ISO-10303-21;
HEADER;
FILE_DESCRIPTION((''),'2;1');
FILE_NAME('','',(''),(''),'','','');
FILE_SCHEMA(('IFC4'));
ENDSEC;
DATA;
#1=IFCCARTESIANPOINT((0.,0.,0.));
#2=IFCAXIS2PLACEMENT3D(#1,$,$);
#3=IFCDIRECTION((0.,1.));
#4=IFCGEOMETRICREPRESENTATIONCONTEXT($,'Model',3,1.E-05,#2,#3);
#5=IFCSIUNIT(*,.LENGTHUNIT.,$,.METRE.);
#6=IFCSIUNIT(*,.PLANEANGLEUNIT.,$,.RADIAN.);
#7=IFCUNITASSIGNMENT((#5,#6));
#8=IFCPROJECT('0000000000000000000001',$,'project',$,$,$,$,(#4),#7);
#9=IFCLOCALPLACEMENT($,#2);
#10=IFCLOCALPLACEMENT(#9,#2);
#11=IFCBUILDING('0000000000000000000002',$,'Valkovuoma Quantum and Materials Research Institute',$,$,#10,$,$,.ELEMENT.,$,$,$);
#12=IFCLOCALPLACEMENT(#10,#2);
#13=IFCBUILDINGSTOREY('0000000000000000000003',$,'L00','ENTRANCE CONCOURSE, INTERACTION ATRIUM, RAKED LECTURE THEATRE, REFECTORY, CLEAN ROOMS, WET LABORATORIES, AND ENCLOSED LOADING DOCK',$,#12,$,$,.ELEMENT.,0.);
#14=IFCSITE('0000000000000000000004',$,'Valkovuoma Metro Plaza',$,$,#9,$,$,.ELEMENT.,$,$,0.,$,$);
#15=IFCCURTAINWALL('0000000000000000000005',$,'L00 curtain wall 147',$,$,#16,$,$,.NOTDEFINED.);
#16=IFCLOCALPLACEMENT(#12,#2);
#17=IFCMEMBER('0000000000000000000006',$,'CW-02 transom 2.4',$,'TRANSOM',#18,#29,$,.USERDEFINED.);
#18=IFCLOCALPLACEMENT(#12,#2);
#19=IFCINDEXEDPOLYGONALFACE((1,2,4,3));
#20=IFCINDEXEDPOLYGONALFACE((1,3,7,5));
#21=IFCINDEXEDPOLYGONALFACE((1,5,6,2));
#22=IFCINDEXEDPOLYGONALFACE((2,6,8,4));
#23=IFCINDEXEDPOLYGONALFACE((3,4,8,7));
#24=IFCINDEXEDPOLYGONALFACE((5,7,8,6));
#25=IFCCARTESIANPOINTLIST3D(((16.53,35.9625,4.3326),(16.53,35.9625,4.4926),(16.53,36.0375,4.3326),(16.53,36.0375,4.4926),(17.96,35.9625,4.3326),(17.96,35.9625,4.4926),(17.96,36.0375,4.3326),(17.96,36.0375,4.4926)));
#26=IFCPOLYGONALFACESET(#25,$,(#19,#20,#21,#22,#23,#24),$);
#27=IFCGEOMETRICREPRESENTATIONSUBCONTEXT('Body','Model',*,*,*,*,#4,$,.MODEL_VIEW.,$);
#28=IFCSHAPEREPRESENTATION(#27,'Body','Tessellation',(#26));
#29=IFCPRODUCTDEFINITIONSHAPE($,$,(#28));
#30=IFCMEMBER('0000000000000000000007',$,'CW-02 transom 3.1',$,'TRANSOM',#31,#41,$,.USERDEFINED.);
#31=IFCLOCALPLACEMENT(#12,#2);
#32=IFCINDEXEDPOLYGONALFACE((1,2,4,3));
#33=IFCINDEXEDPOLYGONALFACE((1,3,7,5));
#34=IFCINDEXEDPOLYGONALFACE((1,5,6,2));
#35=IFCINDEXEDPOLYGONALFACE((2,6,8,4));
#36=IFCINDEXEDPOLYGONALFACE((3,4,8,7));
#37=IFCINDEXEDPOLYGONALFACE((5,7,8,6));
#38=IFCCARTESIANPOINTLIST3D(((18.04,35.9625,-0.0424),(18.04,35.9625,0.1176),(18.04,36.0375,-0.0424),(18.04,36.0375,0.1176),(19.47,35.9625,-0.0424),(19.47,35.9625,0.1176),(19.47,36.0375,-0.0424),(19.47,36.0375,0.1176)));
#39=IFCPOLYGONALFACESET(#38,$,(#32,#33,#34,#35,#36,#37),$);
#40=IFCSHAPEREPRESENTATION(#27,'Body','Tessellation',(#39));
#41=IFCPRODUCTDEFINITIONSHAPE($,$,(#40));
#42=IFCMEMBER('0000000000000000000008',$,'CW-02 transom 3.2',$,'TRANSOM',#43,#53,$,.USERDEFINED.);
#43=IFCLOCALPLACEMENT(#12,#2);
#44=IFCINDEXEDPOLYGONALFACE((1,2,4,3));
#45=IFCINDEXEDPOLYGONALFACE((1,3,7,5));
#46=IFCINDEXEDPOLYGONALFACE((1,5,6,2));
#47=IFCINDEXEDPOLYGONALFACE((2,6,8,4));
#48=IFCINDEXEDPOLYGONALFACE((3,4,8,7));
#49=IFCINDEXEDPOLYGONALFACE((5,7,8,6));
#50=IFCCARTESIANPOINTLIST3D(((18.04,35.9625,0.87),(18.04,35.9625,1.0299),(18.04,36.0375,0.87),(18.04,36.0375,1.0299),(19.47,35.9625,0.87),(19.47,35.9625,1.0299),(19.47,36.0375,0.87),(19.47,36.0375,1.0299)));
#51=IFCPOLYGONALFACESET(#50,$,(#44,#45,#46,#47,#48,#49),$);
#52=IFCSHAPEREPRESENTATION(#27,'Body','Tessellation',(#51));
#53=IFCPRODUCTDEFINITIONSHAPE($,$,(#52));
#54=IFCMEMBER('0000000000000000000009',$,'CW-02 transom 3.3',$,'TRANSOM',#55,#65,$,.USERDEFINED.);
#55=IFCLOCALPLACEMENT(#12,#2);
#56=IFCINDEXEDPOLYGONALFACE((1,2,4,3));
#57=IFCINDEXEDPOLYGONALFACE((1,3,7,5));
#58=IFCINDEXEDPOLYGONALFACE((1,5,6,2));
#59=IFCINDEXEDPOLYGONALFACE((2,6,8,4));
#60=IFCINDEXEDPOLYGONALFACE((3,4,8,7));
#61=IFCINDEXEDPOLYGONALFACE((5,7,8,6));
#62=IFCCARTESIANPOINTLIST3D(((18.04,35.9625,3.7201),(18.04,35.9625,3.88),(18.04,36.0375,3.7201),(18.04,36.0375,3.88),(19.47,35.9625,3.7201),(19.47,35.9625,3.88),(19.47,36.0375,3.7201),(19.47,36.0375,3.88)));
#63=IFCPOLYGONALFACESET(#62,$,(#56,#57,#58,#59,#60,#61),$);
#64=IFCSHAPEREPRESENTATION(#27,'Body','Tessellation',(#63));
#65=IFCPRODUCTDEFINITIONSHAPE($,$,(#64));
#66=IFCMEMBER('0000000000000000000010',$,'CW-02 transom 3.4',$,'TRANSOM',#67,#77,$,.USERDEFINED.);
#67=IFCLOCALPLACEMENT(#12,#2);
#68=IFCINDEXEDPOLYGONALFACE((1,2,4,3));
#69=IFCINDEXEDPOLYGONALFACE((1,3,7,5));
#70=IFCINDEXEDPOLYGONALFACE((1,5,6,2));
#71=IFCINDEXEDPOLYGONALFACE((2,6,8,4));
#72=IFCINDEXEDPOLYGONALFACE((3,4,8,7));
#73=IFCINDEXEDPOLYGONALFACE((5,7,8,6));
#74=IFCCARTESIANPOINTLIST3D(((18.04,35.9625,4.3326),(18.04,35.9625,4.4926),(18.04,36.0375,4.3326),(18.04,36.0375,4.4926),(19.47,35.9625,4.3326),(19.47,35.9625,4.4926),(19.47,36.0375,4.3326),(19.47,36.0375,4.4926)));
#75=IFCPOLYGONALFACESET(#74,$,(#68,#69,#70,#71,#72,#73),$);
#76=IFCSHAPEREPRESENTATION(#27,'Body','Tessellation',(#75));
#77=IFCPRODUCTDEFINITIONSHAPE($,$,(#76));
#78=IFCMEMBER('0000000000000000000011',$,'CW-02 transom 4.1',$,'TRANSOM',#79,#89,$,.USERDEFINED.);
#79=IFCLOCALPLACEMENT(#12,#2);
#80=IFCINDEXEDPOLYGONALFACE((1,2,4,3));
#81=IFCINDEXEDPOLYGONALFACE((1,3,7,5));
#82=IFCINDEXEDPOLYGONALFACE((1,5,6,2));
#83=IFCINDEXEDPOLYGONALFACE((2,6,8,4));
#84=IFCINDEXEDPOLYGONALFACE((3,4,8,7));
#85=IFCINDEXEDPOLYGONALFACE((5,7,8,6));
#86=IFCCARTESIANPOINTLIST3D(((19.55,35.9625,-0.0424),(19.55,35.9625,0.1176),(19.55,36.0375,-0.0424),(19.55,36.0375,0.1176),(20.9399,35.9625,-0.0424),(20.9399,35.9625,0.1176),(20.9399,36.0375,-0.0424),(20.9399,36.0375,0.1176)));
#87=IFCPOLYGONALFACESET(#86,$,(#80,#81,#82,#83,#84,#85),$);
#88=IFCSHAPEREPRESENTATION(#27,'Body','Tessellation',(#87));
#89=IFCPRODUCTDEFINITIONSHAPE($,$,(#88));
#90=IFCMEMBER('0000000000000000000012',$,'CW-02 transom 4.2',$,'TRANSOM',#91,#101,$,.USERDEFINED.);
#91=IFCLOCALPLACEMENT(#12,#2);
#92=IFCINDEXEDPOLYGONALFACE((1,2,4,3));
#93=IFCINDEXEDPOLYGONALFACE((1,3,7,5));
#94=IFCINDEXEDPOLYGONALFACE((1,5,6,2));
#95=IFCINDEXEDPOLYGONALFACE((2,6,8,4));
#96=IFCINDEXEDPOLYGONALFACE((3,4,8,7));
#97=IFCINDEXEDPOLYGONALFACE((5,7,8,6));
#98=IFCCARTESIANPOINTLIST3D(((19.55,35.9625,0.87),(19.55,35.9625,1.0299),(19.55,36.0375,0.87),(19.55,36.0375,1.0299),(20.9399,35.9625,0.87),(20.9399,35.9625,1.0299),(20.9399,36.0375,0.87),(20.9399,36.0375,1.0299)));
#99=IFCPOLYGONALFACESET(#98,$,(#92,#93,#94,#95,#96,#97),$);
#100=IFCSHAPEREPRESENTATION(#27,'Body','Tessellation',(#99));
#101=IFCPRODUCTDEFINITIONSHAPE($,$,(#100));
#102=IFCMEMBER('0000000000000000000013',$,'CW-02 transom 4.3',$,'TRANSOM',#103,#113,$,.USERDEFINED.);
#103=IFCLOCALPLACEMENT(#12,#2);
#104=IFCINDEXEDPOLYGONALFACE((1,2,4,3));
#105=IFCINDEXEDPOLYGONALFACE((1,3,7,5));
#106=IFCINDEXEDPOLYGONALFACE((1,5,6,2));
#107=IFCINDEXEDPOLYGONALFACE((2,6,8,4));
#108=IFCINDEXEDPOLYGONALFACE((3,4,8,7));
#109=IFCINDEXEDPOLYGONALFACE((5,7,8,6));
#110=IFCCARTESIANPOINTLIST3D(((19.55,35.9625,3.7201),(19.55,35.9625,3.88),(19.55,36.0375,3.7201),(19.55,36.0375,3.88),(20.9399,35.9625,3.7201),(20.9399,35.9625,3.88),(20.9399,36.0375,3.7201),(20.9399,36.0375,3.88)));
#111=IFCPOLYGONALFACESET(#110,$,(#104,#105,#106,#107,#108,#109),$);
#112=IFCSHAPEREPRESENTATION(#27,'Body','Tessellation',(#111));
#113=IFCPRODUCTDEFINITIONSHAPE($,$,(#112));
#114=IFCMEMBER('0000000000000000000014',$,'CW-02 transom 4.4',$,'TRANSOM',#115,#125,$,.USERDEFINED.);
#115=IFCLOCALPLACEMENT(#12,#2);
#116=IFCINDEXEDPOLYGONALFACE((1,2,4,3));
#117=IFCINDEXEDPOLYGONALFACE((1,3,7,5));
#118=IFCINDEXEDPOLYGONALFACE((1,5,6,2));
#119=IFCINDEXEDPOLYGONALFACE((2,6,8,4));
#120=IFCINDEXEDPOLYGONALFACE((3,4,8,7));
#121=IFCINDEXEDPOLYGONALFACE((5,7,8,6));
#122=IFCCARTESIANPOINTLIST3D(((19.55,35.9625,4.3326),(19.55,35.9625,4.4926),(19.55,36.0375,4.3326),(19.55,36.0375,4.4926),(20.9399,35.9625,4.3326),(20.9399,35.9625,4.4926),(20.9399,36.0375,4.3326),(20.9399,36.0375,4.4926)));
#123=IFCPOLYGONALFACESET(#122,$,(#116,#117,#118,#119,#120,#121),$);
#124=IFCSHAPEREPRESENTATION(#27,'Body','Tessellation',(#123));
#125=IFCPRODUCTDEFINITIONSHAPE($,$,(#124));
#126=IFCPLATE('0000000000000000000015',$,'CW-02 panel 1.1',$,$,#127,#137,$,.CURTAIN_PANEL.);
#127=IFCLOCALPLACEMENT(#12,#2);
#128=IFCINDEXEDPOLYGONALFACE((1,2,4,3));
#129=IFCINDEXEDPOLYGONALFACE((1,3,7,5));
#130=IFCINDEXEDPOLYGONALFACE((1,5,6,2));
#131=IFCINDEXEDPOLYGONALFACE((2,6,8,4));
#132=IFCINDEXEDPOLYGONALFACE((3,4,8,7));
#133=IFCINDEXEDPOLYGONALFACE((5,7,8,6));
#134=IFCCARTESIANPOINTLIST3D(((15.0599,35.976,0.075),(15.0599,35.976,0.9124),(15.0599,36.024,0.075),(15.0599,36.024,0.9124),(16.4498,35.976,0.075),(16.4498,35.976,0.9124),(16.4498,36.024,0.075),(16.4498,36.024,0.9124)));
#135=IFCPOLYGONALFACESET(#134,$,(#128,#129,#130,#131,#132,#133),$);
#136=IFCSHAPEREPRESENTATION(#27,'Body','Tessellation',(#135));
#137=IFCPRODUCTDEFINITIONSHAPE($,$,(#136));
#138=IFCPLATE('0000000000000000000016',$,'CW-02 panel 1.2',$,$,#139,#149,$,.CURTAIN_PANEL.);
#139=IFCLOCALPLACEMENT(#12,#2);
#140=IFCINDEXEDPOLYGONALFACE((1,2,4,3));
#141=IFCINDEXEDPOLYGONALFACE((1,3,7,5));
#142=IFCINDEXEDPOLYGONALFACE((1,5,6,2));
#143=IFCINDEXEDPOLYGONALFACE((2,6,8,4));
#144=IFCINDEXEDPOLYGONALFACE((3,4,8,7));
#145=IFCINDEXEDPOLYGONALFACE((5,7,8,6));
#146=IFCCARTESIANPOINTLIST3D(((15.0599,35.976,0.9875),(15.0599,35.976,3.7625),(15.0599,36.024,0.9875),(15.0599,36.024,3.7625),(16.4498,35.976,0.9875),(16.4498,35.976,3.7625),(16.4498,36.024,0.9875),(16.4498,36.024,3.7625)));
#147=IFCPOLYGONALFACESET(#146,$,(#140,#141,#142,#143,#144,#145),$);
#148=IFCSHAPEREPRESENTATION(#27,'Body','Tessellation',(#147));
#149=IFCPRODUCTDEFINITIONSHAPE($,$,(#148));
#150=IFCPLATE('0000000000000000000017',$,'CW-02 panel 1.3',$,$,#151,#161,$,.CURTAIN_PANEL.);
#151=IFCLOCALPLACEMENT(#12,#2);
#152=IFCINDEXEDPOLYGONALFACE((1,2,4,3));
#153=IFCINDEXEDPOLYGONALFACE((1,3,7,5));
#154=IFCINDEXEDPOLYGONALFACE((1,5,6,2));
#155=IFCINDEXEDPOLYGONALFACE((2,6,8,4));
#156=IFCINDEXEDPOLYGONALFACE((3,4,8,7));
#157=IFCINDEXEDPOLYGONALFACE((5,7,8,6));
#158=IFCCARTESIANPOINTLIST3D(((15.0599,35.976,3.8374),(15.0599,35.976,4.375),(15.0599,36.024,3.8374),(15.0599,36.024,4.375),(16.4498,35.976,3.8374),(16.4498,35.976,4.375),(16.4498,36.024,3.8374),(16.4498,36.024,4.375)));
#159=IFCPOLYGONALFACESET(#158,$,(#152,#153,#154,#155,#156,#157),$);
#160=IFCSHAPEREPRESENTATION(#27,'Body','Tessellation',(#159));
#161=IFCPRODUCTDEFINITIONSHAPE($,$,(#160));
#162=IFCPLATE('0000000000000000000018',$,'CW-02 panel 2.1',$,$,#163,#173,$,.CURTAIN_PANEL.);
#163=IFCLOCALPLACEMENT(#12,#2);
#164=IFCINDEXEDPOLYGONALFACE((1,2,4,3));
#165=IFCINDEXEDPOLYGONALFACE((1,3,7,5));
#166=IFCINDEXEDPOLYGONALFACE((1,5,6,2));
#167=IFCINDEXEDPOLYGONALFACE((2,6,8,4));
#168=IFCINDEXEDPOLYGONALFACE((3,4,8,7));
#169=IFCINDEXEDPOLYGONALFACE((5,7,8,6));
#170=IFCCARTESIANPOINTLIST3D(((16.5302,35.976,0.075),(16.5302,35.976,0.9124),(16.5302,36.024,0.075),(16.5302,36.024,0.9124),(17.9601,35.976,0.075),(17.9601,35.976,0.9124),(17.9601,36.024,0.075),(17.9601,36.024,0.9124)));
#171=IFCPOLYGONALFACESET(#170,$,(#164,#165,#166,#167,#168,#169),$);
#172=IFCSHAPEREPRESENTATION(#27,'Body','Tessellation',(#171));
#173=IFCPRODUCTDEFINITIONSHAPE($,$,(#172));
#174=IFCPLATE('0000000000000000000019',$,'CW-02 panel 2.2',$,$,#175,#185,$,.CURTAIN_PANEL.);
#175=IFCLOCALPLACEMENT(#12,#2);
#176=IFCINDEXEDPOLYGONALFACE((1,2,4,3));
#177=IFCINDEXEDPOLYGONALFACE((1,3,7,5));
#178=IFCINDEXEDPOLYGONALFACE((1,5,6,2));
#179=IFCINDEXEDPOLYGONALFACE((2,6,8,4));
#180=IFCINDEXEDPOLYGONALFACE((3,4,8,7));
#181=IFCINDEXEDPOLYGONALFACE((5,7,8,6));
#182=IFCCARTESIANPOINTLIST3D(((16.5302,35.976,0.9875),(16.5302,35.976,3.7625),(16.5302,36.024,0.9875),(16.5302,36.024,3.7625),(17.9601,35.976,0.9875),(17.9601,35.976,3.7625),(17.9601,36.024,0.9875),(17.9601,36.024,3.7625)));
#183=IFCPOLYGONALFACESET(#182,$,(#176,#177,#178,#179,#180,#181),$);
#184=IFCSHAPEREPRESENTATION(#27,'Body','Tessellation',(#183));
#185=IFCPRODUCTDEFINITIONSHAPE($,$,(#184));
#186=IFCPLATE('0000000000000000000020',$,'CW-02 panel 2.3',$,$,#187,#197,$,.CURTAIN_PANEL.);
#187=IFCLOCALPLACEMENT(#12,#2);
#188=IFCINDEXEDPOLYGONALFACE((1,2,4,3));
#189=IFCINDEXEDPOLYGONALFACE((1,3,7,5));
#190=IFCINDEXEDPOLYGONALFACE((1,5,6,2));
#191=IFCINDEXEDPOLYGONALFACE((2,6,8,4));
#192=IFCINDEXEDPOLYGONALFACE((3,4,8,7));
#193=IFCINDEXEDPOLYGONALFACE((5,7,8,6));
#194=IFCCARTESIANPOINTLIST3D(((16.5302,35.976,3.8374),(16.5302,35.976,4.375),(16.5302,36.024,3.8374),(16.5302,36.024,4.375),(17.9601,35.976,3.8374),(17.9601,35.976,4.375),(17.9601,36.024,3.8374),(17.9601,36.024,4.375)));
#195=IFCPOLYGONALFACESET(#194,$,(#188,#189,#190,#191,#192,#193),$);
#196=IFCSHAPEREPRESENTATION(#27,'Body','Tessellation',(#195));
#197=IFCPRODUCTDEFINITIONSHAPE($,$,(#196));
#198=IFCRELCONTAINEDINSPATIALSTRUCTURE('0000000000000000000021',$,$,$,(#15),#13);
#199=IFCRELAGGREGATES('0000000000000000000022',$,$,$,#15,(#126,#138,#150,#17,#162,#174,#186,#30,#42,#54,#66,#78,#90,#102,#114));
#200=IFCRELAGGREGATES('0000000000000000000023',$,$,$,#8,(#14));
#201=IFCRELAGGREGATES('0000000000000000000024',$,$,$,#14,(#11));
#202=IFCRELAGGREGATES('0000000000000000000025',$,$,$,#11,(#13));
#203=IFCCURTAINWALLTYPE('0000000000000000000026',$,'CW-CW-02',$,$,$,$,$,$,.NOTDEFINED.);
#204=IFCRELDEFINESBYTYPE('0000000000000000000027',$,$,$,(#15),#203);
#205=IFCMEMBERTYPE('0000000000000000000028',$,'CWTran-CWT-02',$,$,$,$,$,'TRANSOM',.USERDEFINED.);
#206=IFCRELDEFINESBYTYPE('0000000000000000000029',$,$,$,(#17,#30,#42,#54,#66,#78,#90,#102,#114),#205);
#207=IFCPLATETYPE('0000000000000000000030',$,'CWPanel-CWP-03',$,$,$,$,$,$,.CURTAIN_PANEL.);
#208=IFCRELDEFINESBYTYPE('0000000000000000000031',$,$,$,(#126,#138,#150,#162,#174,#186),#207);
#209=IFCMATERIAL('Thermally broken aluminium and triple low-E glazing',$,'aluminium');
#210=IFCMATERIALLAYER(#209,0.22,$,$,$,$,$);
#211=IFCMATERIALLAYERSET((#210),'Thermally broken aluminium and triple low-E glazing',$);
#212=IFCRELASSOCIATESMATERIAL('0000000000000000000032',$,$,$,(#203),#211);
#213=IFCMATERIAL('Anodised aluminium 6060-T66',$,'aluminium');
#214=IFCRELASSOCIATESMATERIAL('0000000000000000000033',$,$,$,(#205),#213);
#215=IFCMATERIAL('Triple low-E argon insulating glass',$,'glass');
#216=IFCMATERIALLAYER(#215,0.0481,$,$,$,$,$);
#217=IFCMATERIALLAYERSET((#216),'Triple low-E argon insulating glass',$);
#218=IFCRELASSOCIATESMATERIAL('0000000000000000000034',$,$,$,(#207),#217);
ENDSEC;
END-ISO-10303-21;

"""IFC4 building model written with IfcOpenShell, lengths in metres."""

from ifc_helpers import new_model, si_unit, direction, frame, origin, origin_2d, place, context, subcontext, project, spatial, rectangle, extrude, material, layer, layer_set, material_profile, profile_set, type_object, element, aggregate, save


model = new_model("IFC4")

# Units and contexts
model_context = context("Model", 3, precision=1e-05, world=origin(), true_north=direction((0.0, 1.0)))
body_context = subcontext(model_context, "Body", "Model", "MODEL_VIEW")
ifc_project = project(units=[si_unit("LENGTHUNIT", "METRE"), si_unit("PLANEANGLEUNIT", "RADIAN")], contexts=[model_context])

# Site, building, storey
site_placement = place(None, origin())
site = spatial("IfcSite", under=ifc_project, at=site_placement, Name="Valkovuoma Metro Plaza", CompositionType="ELEMENT", RefElevation=0.0)
building_placement = place(site_placement, origin())
building = spatial("IfcBuilding", under=site, at=building_placement, Name="Valkovuoma Quantum and Materials Research Institute", CompositionType="ELEMENT")
storey_placement = place(building_placement, origin())
storey = spatial("IfcBuildingStorey", under=building, at=storey_placement, Name="L00", Description="ENTRANCE CONCOURSE, INTERACTION ATRIUM, RAKED LECTURE THEATRE, REFECTORY, CLEAN ROOMS, WET LABORATORIES, AND ENCLOSED LOADING DOCK", CompositionType="ELEMENT", Elevation=0.0)

# Curtain wall, members, plates
ifc_material_1 = material(Name="Thermally broken aluminium and triple low-E glazing", Category="aluminium")
ifc_layer_1 = layer(ifc_material_1, 0.22)
ifc_layer_set_1 = layer_set([ifc_layer_1], Name="Thermally broken aluminium and triple low-E glazing")
curtain_wall_type = type_object("IfcCurtainWallType", Name="CW-CW-02", PredefinedType="NOTDEFINED", material=ifc_layer_set_1)
curtain_wall_placement = place(storey_placement, origin())
curtain_wall = element("IfcCurtainWall", 1, at=curtain_wall_placement, inside=storey, type_object=curtain_wall_type, Name="L00 curtain wall 147", PredefinedType="NOTDEFINED")
ifc_material_2 = material(Name="Anodised aluminium 6060-T66", Category="aluminium")
ifc_material_profile_1 = material_profile(ifc_material_2, rectangle(XDim=0.075, YDim=0.1599, at=origin_2d()), Name="Anodised aluminium 6060-T66")
ifc_profile_set_1 = profile_set([ifc_material_profile_1], Name="Anodised aluminium 6060-T66")
member_type_1 = type_object("IfcMemberType", Name="CWTran-CWT-02", ElementType="TRANSOM", PredefinedType="USERDEFINED", material=ifc_profile_set_1)
member_1_placement = place(storey_placement, frame((16.53, 36.0, 4.4126), z_axis=(1.0, 0.0, 0.0), x_axis=(0.0, 1.0, 0.0)))
member_1 = element("IfcMember", 2, at=member_1_placement, type_object=member_type_1, Name="CW-02 transom 2.4", ObjectType="TRANSOM", PredefinedType="USERDEFINED", context=body_context, shape_type="SweptSolid", body=[
    extrude(rectangle(XDim=0.075, YDim=0.1599, at=origin_2d()), origin(), (0.0, 0.0, 1.0), 1.4299),
])
member_2_placement = place(storey_placement, frame((18.04, 36.0, 0.0376), z_axis=(1.0, 0.0, 0.0), x_axis=(0.0, 1.0, 0.0)))
member_2 = element("IfcMember", 3, at=member_2_placement, type_object=member_type_1, Name="CW-02 transom 3.1", ObjectType="TRANSOM", PredefinedType="USERDEFINED", context=body_context, shape_type="SweptSolid", body=[
    extrude(rectangle(XDim=0.075, YDim=0.1599, at=origin_2d()), origin(), (0.0, 0.0, 1.0), 1.4299),
])
member_3_placement = place(storey_placement, frame((18.04, 36.0, 0.95), z_axis=(1.0, 0.0, 0.0), x_axis=(0.0, 1.0, 0.0)))
member_3 = element("IfcMember", 4, at=member_3_placement, type_object=member_type_1, Name="CW-02 transom 3.2", ObjectType="TRANSOM", PredefinedType="USERDEFINED", context=body_context, shape_type="SweptSolid", body=[
    extrude(rectangle(XDim=0.075, YDim=0.1599, at=origin_2d()), origin(), (0.0, 0.0, 1.0), 1.4299),
])
member_4_placement = place(storey_placement, frame((18.04, 36.0, 3.8), z_axis=(1.0, 0.0, 0.0), x_axis=(0.0, 1.0, 0.0)))
member_4 = element("IfcMember", 5, at=member_4_placement, type_object=member_type_1, Name="CW-02 transom 3.3", ObjectType="TRANSOM", PredefinedType="USERDEFINED", context=body_context, shape_type="SweptSolid", body=[
    extrude(rectangle(XDim=0.075, YDim=0.1599, at=origin_2d()), origin(), (0.0, 0.0, 1.0), 1.4299),
])
member_5_placement = place(storey_placement, frame((18.04, 36.0, 4.4126), z_axis=(1.0, 0.0, 0.0), x_axis=(0.0, 1.0, 0.0)))
member_5 = element("IfcMember", 6, at=member_5_placement, type_object=member_type_1, Name="CW-02 transom 3.4", ObjectType="TRANSOM", PredefinedType="USERDEFINED", context=body_context, shape_type="SweptSolid", body=[
    extrude(rectangle(XDim=0.075, YDim=0.1599, at=origin_2d()), origin(), (0.0, 0.0, 1.0), 1.4299),
])
member_6_placement = place(storey_placement, frame((19.55, 36.0, 0.0376), z_axis=(1.0, 0.0, 0.0), x_axis=(0.0, 1.0, 0.0)))
member_6 = element("IfcMember", 7, at=member_6_placement, type_object=member_type_1, Name="CW-02 transom 4.1", ObjectType="TRANSOM", PredefinedType="USERDEFINED", context=body_context, shape_type="SweptSolid", body=[
    extrude(rectangle(XDim=0.075, YDim=0.1599, at=origin_2d()), origin(), (0.0, 0.0, 1.0), 1.3899),
])
member_7_placement = place(storey_placement, frame((19.55, 36.0, 0.95), z_axis=(1.0, 0.0, 0.0), x_axis=(0.0, 1.0, 0.0)))
member_7 = element("IfcMember", 8, at=member_7_placement, type_object=member_type_1, Name="CW-02 transom 4.2", ObjectType="TRANSOM", PredefinedType="USERDEFINED", context=body_context, shape_type="SweptSolid", body=[
    extrude(rectangle(XDim=0.075, YDim=0.1599, at=origin_2d()), origin(), (0.0, 0.0, 1.0), 1.3899),
])
member_8_placement = place(storey_placement, frame((19.55, 36.0, 3.8), z_axis=(1.0, 0.0, 0.0), x_axis=(0.0, 1.0, 0.0)))
member_8 = element("IfcMember", 9, at=member_8_placement, type_object=member_type_1, Name="CW-02 transom 4.3", ObjectType="TRANSOM", PredefinedType="USERDEFINED", context=body_context, shape_type="SweptSolid", body=[
    extrude(rectangle(XDim=0.075, YDim=0.1599, at=origin_2d()), origin(), (0.0, 0.0, 1.0), 1.3899),
])
member_9_placement = place(storey_placement, frame((19.55, 36.0, 4.4126), z_axis=(1.0, 0.0, 0.0), x_axis=(0.0, 1.0, 0.0)))
member_9 = element("IfcMember", 10, at=member_9_placement, type_object=member_type_1, Name="CW-02 transom 4.4", ObjectType="TRANSOM", PredefinedType="USERDEFINED", context=body_context, shape_type="SweptSolid", body=[
    extrude(rectangle(XDim=0.075, YDim=0.1599, at=origin_2d()), origin(), (0.0, 0.0, 1.0), 1.3899),
])
ifc_material_3 = material(Name="Triple low-E argon insulating glass", Category="glass")
ifc_layer_2 = layer(ifc_material_3, 0.0481)
ifc_layer_set_2 = layer_set([ifc_layer_2], Name="Triple low-E argon insulating glass")
plate_type = type_object("IfcPlateType", Name="CWPanel-CWP-03", PredefinedType="CURTAIN_PANEL", material=ifc_layer_set_2)
plate_1_placement = place(storey_placement, frame((15.7549, 36.0, 0.075), z_axis=(0.0, 0.0, 1.0), x_axis=(1.0, 0.0, 0.0)))
plate_1 = element("IfcPlate", 11, at=plate_1_placement, type_object=plate_type, Name="CW-02 panel 1.1", PredefinedType="CURTAIN_PANEL", context=body_context, shape_type="SweptSolid", body=[
    extrude(rectangle(XDim=1.3899, YDim=0.0481, at=origin_2d()), origin(), (0.0, 0.0, 1.0), 0.8374),
])
plate_2_placement = place(storey_placement, frame((15.7549, 36.0, 0.9875), z_axis=(0.0, 0.0, 1.0), x_axis=(1.0, 0.0, 0.0)))
plate_2 = element("IfcPlate", 12, at=plate_2_placement, type_object=plate_type, Name="CW-02 panel 1.2", PredefinedType="CURTAIN_PANEL", context=body_context, shape_type="SweptSolid", body=[
    extrude(rectangle(XDim=1.3899, YDim=0.0481, at=origin_2d()), origin(), (0.0, 0.0, 1.0), 2.7749),
])
plate_3_placement = place(storey_placement, frame((15.7549, 36.0, 3.8374), z_axis=(0.0, 0.0, 1.0), x_axis=(1.0, 0.0, 0.0)))
plate_3 = element("IfcPlate", 13, at=plate_3_placement, type_object=plate_type, Name="CW-02 panel 1.3", PredefinedType="CURTAIN_PANEL", context=body_context, shape_type="SweptSolid", body=[
    extrude(rectangle(XDim=1.3899, YDim=0.0481, at=origin_2d()), origin(), (0.0, 0.0, 1.0), 0.5376),
])
plate_4_placement = place(storey_placement, frame((17.2451, 36.0, 0.075), z_axis=(0.0, 0.0, 1.0), x_axis=(1.0, 0.0, 0.0)))
plate_4 = element("IfcPlate", 14, at=plate_4_placement, type_object=plate_type, Name="CW-02 panel 2.1", PredefinedType="CURTAIN_PANEL", context=body_context, shape_type="SweptSolid", body=[
    extrude(rectangle(XDim=1.4299, YDim=0.0481, at=origin_2d()), origin(), (0.0, 0.0, 1.0), 0.8374),
])
plate_5_placement = place(storey_placement, frame((17.2451, 36.0, 0.9875), z_axis=(0.0, 0.0, 1.0), x_axis=(1.0, 0.0, 0.0)))
plate_5 = element("IfcPlate", 15, at=plate_5_placement, type_object=plate_type, Name="CW-02 panel 2.2", PredefinedType="CURTAIN_PANEL", context=body_context, shape_type="SweptSolid", body=[
    extrude(rectangle(XDim=1.4299, YDim=0.0481, at=origin_2d()), origin(), (0.0, 0.0, 1.0), 2.7749),
])
plate_6_placement = place(storey_placement, frame((17.2451, 36.0, 3.8374), z_axis=(0.0, 0.0, 1.0), x_axis=(1.0, 0.0, 0.0)))
plate_6 = element("IfcPlate", 16, at=plate_6_placement, type_object=plate_type, Name="CW-02 panel 2.3", PredefinedType="CURTAIN_PANEL", context=body_context, shape_type="SweptSolid", body=[
    extrude(rectangle(XDim=1.4299, YDim=0.0481, at=origin_2d()), origin(), (0.0, 0.0, 1.0), 0.5376),
])
aggregate(curtain_wall, [plate_1, plate_2, plate_3, member_1, plate_4, plate_5, plate_6, member_2, member_3, member_4, member_5, member_6, member_7, member_8, member_9])

save(model, "model.ifc")
